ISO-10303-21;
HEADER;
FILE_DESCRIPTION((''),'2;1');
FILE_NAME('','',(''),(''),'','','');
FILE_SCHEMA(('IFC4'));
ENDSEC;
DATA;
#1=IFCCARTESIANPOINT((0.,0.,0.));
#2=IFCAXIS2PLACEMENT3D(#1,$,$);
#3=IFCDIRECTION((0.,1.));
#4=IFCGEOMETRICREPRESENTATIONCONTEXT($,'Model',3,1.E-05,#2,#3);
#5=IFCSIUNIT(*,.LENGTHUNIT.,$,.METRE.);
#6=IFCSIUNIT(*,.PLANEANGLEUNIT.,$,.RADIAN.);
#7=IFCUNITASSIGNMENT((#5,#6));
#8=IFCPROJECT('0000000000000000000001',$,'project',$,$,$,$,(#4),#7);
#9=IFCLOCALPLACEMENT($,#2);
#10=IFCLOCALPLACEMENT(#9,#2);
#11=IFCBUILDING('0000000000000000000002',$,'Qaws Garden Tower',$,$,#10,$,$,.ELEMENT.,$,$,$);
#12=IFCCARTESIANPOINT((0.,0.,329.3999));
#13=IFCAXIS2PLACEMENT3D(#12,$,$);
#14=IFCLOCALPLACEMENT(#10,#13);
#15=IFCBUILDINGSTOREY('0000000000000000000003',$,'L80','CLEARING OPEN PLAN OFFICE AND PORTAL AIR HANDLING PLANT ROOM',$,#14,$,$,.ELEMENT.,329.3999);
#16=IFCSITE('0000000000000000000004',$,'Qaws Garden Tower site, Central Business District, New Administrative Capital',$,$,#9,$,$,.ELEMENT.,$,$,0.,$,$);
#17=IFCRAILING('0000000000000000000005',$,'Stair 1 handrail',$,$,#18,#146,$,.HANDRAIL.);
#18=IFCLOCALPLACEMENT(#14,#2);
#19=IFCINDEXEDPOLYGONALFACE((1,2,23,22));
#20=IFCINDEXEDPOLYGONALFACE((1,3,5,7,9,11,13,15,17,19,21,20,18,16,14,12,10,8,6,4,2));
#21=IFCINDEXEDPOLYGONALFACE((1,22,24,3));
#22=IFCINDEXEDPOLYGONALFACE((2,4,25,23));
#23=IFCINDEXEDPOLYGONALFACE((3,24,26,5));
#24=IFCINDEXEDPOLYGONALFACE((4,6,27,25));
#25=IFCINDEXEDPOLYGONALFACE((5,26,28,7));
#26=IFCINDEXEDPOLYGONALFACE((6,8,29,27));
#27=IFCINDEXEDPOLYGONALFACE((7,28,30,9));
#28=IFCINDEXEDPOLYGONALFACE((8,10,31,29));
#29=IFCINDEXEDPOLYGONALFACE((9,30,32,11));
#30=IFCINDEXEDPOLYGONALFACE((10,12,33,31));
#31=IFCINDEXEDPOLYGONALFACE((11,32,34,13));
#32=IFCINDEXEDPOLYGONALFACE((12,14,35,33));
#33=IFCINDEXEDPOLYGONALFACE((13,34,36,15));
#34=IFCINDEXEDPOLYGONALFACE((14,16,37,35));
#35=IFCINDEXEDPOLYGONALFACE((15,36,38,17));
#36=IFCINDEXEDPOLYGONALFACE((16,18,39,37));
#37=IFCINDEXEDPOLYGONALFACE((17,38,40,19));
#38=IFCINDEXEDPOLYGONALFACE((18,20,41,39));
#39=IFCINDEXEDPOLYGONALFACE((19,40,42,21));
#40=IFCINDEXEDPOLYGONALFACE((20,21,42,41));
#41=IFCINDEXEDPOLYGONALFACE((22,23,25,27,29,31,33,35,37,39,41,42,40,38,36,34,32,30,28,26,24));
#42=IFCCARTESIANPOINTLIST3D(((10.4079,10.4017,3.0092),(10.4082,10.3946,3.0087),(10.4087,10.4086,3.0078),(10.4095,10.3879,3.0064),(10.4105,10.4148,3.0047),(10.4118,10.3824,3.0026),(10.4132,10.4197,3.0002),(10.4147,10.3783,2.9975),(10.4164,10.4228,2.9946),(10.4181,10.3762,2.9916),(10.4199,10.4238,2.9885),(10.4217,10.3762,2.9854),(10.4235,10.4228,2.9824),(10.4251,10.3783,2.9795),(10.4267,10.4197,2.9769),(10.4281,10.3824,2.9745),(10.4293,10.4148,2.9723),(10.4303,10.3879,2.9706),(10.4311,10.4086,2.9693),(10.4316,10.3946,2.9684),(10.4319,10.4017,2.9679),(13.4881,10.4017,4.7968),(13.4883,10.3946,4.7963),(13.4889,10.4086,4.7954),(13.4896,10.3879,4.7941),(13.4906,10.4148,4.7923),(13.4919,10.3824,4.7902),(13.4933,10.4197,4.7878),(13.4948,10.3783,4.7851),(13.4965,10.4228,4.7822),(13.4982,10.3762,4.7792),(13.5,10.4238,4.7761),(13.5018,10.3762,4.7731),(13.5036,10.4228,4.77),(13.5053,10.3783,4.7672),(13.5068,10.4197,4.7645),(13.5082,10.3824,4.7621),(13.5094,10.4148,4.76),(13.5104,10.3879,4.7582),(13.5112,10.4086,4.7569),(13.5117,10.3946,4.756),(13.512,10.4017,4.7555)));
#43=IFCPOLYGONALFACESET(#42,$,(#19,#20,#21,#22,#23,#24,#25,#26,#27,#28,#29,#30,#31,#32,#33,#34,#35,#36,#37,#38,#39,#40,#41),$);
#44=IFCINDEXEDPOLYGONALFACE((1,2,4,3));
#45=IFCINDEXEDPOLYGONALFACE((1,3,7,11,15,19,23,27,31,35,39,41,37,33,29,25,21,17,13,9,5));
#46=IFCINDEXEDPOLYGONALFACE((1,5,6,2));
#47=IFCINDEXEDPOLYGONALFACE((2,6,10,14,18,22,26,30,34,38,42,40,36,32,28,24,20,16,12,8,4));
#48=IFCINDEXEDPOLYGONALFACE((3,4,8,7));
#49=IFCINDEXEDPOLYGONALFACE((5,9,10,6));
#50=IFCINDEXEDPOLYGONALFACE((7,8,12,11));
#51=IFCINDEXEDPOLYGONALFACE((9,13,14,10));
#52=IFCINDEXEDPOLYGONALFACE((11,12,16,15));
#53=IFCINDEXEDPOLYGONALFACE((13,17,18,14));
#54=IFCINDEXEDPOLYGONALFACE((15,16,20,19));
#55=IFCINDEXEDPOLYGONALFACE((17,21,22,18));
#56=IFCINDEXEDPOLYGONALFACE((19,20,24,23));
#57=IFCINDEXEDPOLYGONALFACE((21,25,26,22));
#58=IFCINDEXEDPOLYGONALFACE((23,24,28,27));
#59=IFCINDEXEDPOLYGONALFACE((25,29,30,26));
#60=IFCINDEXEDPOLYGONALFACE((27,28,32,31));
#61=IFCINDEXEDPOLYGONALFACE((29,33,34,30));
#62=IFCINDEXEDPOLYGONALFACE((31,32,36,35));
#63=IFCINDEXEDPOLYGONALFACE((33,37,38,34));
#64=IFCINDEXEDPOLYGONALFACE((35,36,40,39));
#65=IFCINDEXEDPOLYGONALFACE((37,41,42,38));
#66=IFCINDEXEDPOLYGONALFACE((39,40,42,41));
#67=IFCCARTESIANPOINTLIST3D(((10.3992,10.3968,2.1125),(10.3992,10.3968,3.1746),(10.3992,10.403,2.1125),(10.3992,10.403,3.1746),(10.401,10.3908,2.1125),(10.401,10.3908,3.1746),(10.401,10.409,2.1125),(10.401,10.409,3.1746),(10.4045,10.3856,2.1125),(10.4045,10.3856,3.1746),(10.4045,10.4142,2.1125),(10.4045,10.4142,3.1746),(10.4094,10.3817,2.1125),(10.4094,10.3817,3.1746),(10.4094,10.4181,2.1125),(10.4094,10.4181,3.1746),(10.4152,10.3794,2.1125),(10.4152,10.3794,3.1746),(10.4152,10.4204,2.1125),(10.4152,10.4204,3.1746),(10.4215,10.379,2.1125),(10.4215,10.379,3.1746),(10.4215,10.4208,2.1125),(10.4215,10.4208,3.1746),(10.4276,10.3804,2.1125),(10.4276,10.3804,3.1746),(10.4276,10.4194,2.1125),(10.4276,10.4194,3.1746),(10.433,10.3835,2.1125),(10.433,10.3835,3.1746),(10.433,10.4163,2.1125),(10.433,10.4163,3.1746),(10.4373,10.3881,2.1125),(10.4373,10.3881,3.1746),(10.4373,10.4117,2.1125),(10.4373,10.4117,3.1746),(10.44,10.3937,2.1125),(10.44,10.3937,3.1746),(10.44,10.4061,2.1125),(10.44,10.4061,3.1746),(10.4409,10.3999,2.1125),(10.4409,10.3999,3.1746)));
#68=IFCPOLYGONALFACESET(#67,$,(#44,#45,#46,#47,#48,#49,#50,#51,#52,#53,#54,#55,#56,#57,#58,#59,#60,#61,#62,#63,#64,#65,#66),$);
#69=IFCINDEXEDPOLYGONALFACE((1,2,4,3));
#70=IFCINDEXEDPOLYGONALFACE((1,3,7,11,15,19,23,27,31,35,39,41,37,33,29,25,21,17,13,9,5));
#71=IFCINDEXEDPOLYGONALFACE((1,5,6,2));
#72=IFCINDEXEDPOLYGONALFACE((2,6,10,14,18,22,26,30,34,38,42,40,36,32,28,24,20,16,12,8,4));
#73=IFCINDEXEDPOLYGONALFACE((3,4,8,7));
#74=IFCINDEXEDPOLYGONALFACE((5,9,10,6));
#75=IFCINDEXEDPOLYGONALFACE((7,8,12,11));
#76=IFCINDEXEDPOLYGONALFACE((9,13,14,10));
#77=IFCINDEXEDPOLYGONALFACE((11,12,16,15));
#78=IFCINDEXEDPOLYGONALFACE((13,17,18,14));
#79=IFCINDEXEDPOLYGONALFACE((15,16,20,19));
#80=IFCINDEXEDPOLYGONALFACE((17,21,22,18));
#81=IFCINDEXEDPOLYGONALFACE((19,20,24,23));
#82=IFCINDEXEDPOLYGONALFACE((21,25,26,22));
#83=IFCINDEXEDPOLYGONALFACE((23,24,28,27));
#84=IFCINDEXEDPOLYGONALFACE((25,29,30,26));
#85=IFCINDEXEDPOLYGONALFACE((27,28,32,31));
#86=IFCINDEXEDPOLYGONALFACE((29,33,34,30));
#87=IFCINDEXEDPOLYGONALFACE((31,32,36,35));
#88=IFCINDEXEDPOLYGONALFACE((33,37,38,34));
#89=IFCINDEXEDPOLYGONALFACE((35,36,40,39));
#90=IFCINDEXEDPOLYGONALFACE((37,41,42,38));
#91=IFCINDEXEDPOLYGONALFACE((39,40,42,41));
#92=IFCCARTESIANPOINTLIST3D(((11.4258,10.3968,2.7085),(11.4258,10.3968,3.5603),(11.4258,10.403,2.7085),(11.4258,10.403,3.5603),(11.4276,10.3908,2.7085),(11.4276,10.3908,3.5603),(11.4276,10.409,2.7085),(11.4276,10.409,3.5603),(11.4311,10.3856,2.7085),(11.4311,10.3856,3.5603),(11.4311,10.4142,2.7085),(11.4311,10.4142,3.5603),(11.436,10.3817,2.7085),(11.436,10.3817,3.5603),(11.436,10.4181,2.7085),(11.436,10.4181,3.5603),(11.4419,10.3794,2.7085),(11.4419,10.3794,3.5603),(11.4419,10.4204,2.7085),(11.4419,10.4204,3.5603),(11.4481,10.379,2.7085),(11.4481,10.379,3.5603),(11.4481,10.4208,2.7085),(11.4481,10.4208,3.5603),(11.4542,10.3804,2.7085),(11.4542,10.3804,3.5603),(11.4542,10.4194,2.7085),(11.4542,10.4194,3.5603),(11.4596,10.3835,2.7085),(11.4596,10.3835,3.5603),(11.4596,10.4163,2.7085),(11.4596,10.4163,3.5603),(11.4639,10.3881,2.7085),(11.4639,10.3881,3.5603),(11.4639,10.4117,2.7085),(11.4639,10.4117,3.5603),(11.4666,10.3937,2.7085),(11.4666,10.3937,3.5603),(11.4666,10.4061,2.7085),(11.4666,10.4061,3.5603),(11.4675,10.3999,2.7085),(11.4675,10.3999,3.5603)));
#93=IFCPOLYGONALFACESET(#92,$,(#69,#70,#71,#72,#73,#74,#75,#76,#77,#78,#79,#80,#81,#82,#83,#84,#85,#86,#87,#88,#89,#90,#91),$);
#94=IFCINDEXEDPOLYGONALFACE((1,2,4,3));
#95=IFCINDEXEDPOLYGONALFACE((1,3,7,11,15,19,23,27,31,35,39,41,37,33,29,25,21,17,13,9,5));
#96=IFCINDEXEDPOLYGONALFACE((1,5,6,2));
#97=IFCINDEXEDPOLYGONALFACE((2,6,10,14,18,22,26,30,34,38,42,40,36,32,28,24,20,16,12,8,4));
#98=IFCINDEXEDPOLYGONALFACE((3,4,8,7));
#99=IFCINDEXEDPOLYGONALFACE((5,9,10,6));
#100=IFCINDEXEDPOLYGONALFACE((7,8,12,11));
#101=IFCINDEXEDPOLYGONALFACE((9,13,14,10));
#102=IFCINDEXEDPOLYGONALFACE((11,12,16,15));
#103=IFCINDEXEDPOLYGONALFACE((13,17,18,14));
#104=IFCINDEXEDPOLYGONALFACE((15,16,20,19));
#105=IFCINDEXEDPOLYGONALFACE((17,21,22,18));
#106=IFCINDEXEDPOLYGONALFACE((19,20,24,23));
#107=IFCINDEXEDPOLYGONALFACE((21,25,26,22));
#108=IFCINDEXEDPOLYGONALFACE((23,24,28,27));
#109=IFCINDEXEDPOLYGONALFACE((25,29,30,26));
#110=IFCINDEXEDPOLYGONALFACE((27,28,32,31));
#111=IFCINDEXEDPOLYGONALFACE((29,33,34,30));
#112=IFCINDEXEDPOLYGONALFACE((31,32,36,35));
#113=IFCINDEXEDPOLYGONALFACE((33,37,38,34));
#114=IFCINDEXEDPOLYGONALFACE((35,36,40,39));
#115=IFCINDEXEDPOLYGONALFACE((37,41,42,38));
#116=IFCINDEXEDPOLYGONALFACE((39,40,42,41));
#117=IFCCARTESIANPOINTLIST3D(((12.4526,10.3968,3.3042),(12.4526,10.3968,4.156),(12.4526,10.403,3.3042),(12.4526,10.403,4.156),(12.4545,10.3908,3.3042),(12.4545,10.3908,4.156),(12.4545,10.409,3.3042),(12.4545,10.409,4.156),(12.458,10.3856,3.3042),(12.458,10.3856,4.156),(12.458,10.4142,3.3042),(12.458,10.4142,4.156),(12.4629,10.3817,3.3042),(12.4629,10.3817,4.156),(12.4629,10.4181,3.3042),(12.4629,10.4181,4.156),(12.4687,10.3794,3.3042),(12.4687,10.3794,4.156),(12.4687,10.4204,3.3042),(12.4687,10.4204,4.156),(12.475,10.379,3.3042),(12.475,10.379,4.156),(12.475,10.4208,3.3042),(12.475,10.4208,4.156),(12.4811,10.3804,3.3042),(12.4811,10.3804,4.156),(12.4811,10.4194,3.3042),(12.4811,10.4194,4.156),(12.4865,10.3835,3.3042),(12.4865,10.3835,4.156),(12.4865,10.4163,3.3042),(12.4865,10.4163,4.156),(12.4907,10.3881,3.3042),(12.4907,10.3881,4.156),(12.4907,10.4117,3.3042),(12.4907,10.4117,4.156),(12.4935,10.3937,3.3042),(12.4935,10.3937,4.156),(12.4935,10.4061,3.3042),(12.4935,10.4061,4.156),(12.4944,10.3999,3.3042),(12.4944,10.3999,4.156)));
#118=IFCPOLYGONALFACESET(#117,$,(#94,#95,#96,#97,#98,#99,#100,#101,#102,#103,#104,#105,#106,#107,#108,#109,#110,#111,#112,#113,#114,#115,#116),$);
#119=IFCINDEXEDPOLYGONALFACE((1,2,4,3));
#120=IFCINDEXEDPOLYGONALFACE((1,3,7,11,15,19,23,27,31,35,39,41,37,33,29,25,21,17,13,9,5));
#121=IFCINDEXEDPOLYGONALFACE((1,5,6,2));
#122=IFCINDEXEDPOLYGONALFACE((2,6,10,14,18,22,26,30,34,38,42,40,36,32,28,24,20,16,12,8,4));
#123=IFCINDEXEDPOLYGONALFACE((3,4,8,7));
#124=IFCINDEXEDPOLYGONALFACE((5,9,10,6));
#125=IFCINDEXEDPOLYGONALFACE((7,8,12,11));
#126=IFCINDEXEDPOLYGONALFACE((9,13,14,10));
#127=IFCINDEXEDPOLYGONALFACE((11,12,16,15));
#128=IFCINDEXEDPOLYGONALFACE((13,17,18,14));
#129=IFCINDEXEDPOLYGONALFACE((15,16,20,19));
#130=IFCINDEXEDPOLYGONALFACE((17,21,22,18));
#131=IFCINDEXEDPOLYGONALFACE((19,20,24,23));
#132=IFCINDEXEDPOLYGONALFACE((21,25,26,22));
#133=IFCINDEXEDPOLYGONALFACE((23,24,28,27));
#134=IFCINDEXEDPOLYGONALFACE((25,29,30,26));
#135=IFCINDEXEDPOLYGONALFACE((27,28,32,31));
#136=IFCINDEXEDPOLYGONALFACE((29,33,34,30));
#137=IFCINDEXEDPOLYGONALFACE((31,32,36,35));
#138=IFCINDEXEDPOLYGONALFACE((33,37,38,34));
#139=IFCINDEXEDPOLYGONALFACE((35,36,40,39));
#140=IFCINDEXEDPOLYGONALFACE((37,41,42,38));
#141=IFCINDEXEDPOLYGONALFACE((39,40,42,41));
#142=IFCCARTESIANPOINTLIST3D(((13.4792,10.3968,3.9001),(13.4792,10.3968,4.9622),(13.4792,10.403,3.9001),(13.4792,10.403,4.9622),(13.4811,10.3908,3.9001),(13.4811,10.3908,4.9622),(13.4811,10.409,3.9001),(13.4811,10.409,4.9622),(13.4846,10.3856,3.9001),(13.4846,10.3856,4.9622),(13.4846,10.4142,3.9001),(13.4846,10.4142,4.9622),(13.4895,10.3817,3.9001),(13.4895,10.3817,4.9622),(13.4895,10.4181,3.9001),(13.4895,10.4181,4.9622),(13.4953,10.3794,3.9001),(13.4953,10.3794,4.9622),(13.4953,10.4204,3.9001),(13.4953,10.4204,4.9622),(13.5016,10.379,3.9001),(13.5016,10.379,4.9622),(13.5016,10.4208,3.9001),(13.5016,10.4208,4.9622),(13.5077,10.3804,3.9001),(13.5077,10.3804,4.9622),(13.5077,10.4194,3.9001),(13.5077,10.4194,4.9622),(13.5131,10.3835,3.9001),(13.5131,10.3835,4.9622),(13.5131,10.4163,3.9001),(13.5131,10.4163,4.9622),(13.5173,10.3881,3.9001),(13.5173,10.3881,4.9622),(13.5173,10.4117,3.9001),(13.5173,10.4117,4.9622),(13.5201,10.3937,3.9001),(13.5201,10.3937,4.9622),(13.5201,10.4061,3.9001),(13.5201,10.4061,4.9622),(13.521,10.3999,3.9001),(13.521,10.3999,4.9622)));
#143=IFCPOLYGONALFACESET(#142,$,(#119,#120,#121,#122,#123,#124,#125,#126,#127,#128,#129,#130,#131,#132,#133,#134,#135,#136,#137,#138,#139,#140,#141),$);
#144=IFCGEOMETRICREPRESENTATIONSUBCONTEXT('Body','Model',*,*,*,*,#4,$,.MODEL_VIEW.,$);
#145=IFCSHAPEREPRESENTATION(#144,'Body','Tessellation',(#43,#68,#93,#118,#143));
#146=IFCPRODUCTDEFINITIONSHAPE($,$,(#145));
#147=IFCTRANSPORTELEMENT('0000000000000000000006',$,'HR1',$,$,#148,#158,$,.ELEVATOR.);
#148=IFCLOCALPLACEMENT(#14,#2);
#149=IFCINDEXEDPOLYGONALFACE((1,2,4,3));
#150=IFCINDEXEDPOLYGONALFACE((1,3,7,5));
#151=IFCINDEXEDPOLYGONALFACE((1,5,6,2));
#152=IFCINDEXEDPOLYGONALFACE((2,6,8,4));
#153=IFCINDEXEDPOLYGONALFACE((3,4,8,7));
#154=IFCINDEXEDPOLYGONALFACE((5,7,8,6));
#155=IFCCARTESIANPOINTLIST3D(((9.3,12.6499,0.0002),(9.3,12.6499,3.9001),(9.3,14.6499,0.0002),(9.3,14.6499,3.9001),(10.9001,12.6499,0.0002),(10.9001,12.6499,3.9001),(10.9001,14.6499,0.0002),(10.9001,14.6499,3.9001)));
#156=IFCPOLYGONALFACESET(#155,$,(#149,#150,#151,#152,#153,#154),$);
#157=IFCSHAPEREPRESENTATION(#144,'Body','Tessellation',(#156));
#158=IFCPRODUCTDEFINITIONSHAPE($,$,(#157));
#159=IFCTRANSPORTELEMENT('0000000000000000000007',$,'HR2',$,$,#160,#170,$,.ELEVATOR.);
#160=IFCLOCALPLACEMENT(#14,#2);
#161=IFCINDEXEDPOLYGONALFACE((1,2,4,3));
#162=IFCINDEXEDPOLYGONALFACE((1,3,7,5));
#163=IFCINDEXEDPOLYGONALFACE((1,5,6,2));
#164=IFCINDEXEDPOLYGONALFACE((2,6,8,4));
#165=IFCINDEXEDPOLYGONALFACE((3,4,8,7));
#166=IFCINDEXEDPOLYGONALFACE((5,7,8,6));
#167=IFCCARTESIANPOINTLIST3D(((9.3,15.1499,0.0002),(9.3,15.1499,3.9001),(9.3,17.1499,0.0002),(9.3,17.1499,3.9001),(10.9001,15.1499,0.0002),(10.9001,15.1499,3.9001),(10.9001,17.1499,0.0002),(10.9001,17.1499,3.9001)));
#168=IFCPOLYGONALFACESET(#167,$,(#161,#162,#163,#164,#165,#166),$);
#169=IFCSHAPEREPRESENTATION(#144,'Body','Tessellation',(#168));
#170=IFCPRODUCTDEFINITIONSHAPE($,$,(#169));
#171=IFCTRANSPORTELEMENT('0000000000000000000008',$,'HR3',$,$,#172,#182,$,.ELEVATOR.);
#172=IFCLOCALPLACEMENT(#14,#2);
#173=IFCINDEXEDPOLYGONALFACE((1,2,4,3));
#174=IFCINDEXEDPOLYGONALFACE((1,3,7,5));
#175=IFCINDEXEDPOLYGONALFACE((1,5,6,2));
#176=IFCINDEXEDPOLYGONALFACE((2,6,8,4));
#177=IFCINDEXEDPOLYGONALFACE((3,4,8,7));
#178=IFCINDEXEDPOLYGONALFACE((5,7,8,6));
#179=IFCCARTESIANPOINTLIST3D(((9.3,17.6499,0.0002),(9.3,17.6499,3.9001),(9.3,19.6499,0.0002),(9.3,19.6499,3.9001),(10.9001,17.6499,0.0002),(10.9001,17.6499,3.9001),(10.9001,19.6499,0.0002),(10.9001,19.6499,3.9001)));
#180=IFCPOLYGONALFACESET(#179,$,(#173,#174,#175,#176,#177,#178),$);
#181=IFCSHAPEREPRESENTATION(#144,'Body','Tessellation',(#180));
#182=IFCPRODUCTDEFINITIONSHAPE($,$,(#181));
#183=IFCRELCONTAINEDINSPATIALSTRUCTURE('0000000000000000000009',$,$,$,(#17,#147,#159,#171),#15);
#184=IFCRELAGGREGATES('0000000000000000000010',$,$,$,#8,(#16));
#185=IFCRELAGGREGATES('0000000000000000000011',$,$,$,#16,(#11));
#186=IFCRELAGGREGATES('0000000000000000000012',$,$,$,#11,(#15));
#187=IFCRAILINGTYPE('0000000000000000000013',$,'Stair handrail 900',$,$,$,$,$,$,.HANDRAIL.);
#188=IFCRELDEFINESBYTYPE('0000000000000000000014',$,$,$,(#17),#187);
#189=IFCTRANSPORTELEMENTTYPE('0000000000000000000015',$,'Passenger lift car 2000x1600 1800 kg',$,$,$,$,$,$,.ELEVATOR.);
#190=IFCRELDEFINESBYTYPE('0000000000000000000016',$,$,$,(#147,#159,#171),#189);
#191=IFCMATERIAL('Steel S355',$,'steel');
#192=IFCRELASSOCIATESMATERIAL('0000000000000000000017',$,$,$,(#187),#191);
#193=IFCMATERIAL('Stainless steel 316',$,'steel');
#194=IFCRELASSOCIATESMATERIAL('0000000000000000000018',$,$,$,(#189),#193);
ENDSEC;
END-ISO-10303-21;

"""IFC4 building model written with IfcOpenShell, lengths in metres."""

from ifc_helpers import new_model, si_unit, direction, frame, origin, origin_2d, place, context, subcontext, project, spatial, rectangle, circle, extrude, material, type_object, element, save


model = new_model("IFC4")

# Units and contexts
model_context = context("Model", 3, precision=1e-05, world=origin(), true_north=direction((0.0, 1.0)))
body_context = subcontext(model_context, "Body", "Model", "MODEL_VIEW")
ifc_project = project(units=[si_unit("LENGTHUNIT", "METRE"), si_unit("PLANEANGLEUNIT", "RADIAN")], contexts=[model_context])

# Site, building, storey
site_placement = place(None, origin())
site = spatial("IfcSite", under=ifc_project, at=site_placement, Name="Qaws Garden Tower site, Central Business District, New Administrative Capital", CompositionType="ELEMENT", RefElevation=0.0)
building_placement = place(site_placement, origin())
building = spatial("IfcBuilding", under=site, at=building_placement, Name="Qaws Garden Tower", CompositionType="ELEMENT")
storey_placement = place(building_placement, frame((0.0, 0.0, 329.3999)))
storey = spatial("IfcBuildingStorey", under=building, at=storey_placement, Name="L80", Description="CLEARING OPEN PLAN OFFICE AND PORTAL AIR HANDLING PLANT ROOM", CompositionType="ELEMENT", Elevation=329.3999)

# Railing
ifc_material_1 = material(Name="Steel S355", Category="steel")
railing_type = type_object("IfcRailingType", Name="Stair handrail 900", PredefinedType="HANDRAIL", material=ifc_material_1)
railing_placement = place(storey_placement, frame((10.4199, 10.3999, 2.1125)))
element("IfcRailing", 1, at=railing_placement, inside=storey, type_object=railing_type, Name="Stair 1 handrail", PredefinedType="HANDRAIL", context=body_context, shape_type="SweptSolid", body=[
    extrude(circle(Radius=0.0239, at=origin_2d()), frame((0.0, 0.0, 0.876), z_axis=(0.864891, 0.0, 0.50196), x_axis=(0.0, 1.0, 0.0)), (0.0, 0.0, 1.0), 3.5613),
    extrude(circle(Radius=0.021, at=origin_2d()), origin(), (0.0, 0.0, 1.0), 1.062),
    extrude(circle(Radius=0.021, at=origin_2d()), frame((1.0266, 0.0, 0.5959)), (0.0, 0.0, 1.0), 0.8518),
    extrude(circle(Radius=0.021, at=origin_2d()), frame((2.0535, 0.0, 1.1917)), (0.0, 0.0, 1.0), 0.8518),
    extrude(circle(Radius=0.021, at=origin_2d()), frame((3.0801, 0.0, 1.7876)), (0.0, 0.0, 1.0), 1.062),
])

# Transport elements
ifc_material_2 = material(Name="Stainless steel 316", Category="steel")
transport_element_type = type_object("IfcTransportElementType", Name="Passenger lift car 2000x1600 1800 kg", PredefinedType="ELEVATOR", material=ifc_material_2)
for number, where, z_axis, x_axis, name in (
    (2, (10.1001, 13.6499, 0.0002), (0.0, 0.0, 1.0), (1.0, 0.0, 0.0), "HR1"),
    (3, (10.1001, 16.1499, 0.0002), (0.0, 0.0, 1.0), (1.0, 0.0, 0.0), "HR2"),
    (4, (10.1001, 18.6499, 0.0002), (0.0, 0.0, 1.0), (1.0, 0.0, 0.0), "HR3"),
):
    element("IfcTransportElement", number, at=place(storey_placement, frame(where, z_axis=z_axis, x_axis=x_axis)), inside=storey, type_object=transport_element_type, Name=name, PredefinedType="ELEVATOR", context=body_context, shape_type="SweptSolid", body=[
        extrude(rectangle(XDim=1.6001, YDim=2.0, at=origin_2d()), origin(), (0.0, 0.0, 1.0), 3.8999),
    ])

save(model, "model.ifc")
